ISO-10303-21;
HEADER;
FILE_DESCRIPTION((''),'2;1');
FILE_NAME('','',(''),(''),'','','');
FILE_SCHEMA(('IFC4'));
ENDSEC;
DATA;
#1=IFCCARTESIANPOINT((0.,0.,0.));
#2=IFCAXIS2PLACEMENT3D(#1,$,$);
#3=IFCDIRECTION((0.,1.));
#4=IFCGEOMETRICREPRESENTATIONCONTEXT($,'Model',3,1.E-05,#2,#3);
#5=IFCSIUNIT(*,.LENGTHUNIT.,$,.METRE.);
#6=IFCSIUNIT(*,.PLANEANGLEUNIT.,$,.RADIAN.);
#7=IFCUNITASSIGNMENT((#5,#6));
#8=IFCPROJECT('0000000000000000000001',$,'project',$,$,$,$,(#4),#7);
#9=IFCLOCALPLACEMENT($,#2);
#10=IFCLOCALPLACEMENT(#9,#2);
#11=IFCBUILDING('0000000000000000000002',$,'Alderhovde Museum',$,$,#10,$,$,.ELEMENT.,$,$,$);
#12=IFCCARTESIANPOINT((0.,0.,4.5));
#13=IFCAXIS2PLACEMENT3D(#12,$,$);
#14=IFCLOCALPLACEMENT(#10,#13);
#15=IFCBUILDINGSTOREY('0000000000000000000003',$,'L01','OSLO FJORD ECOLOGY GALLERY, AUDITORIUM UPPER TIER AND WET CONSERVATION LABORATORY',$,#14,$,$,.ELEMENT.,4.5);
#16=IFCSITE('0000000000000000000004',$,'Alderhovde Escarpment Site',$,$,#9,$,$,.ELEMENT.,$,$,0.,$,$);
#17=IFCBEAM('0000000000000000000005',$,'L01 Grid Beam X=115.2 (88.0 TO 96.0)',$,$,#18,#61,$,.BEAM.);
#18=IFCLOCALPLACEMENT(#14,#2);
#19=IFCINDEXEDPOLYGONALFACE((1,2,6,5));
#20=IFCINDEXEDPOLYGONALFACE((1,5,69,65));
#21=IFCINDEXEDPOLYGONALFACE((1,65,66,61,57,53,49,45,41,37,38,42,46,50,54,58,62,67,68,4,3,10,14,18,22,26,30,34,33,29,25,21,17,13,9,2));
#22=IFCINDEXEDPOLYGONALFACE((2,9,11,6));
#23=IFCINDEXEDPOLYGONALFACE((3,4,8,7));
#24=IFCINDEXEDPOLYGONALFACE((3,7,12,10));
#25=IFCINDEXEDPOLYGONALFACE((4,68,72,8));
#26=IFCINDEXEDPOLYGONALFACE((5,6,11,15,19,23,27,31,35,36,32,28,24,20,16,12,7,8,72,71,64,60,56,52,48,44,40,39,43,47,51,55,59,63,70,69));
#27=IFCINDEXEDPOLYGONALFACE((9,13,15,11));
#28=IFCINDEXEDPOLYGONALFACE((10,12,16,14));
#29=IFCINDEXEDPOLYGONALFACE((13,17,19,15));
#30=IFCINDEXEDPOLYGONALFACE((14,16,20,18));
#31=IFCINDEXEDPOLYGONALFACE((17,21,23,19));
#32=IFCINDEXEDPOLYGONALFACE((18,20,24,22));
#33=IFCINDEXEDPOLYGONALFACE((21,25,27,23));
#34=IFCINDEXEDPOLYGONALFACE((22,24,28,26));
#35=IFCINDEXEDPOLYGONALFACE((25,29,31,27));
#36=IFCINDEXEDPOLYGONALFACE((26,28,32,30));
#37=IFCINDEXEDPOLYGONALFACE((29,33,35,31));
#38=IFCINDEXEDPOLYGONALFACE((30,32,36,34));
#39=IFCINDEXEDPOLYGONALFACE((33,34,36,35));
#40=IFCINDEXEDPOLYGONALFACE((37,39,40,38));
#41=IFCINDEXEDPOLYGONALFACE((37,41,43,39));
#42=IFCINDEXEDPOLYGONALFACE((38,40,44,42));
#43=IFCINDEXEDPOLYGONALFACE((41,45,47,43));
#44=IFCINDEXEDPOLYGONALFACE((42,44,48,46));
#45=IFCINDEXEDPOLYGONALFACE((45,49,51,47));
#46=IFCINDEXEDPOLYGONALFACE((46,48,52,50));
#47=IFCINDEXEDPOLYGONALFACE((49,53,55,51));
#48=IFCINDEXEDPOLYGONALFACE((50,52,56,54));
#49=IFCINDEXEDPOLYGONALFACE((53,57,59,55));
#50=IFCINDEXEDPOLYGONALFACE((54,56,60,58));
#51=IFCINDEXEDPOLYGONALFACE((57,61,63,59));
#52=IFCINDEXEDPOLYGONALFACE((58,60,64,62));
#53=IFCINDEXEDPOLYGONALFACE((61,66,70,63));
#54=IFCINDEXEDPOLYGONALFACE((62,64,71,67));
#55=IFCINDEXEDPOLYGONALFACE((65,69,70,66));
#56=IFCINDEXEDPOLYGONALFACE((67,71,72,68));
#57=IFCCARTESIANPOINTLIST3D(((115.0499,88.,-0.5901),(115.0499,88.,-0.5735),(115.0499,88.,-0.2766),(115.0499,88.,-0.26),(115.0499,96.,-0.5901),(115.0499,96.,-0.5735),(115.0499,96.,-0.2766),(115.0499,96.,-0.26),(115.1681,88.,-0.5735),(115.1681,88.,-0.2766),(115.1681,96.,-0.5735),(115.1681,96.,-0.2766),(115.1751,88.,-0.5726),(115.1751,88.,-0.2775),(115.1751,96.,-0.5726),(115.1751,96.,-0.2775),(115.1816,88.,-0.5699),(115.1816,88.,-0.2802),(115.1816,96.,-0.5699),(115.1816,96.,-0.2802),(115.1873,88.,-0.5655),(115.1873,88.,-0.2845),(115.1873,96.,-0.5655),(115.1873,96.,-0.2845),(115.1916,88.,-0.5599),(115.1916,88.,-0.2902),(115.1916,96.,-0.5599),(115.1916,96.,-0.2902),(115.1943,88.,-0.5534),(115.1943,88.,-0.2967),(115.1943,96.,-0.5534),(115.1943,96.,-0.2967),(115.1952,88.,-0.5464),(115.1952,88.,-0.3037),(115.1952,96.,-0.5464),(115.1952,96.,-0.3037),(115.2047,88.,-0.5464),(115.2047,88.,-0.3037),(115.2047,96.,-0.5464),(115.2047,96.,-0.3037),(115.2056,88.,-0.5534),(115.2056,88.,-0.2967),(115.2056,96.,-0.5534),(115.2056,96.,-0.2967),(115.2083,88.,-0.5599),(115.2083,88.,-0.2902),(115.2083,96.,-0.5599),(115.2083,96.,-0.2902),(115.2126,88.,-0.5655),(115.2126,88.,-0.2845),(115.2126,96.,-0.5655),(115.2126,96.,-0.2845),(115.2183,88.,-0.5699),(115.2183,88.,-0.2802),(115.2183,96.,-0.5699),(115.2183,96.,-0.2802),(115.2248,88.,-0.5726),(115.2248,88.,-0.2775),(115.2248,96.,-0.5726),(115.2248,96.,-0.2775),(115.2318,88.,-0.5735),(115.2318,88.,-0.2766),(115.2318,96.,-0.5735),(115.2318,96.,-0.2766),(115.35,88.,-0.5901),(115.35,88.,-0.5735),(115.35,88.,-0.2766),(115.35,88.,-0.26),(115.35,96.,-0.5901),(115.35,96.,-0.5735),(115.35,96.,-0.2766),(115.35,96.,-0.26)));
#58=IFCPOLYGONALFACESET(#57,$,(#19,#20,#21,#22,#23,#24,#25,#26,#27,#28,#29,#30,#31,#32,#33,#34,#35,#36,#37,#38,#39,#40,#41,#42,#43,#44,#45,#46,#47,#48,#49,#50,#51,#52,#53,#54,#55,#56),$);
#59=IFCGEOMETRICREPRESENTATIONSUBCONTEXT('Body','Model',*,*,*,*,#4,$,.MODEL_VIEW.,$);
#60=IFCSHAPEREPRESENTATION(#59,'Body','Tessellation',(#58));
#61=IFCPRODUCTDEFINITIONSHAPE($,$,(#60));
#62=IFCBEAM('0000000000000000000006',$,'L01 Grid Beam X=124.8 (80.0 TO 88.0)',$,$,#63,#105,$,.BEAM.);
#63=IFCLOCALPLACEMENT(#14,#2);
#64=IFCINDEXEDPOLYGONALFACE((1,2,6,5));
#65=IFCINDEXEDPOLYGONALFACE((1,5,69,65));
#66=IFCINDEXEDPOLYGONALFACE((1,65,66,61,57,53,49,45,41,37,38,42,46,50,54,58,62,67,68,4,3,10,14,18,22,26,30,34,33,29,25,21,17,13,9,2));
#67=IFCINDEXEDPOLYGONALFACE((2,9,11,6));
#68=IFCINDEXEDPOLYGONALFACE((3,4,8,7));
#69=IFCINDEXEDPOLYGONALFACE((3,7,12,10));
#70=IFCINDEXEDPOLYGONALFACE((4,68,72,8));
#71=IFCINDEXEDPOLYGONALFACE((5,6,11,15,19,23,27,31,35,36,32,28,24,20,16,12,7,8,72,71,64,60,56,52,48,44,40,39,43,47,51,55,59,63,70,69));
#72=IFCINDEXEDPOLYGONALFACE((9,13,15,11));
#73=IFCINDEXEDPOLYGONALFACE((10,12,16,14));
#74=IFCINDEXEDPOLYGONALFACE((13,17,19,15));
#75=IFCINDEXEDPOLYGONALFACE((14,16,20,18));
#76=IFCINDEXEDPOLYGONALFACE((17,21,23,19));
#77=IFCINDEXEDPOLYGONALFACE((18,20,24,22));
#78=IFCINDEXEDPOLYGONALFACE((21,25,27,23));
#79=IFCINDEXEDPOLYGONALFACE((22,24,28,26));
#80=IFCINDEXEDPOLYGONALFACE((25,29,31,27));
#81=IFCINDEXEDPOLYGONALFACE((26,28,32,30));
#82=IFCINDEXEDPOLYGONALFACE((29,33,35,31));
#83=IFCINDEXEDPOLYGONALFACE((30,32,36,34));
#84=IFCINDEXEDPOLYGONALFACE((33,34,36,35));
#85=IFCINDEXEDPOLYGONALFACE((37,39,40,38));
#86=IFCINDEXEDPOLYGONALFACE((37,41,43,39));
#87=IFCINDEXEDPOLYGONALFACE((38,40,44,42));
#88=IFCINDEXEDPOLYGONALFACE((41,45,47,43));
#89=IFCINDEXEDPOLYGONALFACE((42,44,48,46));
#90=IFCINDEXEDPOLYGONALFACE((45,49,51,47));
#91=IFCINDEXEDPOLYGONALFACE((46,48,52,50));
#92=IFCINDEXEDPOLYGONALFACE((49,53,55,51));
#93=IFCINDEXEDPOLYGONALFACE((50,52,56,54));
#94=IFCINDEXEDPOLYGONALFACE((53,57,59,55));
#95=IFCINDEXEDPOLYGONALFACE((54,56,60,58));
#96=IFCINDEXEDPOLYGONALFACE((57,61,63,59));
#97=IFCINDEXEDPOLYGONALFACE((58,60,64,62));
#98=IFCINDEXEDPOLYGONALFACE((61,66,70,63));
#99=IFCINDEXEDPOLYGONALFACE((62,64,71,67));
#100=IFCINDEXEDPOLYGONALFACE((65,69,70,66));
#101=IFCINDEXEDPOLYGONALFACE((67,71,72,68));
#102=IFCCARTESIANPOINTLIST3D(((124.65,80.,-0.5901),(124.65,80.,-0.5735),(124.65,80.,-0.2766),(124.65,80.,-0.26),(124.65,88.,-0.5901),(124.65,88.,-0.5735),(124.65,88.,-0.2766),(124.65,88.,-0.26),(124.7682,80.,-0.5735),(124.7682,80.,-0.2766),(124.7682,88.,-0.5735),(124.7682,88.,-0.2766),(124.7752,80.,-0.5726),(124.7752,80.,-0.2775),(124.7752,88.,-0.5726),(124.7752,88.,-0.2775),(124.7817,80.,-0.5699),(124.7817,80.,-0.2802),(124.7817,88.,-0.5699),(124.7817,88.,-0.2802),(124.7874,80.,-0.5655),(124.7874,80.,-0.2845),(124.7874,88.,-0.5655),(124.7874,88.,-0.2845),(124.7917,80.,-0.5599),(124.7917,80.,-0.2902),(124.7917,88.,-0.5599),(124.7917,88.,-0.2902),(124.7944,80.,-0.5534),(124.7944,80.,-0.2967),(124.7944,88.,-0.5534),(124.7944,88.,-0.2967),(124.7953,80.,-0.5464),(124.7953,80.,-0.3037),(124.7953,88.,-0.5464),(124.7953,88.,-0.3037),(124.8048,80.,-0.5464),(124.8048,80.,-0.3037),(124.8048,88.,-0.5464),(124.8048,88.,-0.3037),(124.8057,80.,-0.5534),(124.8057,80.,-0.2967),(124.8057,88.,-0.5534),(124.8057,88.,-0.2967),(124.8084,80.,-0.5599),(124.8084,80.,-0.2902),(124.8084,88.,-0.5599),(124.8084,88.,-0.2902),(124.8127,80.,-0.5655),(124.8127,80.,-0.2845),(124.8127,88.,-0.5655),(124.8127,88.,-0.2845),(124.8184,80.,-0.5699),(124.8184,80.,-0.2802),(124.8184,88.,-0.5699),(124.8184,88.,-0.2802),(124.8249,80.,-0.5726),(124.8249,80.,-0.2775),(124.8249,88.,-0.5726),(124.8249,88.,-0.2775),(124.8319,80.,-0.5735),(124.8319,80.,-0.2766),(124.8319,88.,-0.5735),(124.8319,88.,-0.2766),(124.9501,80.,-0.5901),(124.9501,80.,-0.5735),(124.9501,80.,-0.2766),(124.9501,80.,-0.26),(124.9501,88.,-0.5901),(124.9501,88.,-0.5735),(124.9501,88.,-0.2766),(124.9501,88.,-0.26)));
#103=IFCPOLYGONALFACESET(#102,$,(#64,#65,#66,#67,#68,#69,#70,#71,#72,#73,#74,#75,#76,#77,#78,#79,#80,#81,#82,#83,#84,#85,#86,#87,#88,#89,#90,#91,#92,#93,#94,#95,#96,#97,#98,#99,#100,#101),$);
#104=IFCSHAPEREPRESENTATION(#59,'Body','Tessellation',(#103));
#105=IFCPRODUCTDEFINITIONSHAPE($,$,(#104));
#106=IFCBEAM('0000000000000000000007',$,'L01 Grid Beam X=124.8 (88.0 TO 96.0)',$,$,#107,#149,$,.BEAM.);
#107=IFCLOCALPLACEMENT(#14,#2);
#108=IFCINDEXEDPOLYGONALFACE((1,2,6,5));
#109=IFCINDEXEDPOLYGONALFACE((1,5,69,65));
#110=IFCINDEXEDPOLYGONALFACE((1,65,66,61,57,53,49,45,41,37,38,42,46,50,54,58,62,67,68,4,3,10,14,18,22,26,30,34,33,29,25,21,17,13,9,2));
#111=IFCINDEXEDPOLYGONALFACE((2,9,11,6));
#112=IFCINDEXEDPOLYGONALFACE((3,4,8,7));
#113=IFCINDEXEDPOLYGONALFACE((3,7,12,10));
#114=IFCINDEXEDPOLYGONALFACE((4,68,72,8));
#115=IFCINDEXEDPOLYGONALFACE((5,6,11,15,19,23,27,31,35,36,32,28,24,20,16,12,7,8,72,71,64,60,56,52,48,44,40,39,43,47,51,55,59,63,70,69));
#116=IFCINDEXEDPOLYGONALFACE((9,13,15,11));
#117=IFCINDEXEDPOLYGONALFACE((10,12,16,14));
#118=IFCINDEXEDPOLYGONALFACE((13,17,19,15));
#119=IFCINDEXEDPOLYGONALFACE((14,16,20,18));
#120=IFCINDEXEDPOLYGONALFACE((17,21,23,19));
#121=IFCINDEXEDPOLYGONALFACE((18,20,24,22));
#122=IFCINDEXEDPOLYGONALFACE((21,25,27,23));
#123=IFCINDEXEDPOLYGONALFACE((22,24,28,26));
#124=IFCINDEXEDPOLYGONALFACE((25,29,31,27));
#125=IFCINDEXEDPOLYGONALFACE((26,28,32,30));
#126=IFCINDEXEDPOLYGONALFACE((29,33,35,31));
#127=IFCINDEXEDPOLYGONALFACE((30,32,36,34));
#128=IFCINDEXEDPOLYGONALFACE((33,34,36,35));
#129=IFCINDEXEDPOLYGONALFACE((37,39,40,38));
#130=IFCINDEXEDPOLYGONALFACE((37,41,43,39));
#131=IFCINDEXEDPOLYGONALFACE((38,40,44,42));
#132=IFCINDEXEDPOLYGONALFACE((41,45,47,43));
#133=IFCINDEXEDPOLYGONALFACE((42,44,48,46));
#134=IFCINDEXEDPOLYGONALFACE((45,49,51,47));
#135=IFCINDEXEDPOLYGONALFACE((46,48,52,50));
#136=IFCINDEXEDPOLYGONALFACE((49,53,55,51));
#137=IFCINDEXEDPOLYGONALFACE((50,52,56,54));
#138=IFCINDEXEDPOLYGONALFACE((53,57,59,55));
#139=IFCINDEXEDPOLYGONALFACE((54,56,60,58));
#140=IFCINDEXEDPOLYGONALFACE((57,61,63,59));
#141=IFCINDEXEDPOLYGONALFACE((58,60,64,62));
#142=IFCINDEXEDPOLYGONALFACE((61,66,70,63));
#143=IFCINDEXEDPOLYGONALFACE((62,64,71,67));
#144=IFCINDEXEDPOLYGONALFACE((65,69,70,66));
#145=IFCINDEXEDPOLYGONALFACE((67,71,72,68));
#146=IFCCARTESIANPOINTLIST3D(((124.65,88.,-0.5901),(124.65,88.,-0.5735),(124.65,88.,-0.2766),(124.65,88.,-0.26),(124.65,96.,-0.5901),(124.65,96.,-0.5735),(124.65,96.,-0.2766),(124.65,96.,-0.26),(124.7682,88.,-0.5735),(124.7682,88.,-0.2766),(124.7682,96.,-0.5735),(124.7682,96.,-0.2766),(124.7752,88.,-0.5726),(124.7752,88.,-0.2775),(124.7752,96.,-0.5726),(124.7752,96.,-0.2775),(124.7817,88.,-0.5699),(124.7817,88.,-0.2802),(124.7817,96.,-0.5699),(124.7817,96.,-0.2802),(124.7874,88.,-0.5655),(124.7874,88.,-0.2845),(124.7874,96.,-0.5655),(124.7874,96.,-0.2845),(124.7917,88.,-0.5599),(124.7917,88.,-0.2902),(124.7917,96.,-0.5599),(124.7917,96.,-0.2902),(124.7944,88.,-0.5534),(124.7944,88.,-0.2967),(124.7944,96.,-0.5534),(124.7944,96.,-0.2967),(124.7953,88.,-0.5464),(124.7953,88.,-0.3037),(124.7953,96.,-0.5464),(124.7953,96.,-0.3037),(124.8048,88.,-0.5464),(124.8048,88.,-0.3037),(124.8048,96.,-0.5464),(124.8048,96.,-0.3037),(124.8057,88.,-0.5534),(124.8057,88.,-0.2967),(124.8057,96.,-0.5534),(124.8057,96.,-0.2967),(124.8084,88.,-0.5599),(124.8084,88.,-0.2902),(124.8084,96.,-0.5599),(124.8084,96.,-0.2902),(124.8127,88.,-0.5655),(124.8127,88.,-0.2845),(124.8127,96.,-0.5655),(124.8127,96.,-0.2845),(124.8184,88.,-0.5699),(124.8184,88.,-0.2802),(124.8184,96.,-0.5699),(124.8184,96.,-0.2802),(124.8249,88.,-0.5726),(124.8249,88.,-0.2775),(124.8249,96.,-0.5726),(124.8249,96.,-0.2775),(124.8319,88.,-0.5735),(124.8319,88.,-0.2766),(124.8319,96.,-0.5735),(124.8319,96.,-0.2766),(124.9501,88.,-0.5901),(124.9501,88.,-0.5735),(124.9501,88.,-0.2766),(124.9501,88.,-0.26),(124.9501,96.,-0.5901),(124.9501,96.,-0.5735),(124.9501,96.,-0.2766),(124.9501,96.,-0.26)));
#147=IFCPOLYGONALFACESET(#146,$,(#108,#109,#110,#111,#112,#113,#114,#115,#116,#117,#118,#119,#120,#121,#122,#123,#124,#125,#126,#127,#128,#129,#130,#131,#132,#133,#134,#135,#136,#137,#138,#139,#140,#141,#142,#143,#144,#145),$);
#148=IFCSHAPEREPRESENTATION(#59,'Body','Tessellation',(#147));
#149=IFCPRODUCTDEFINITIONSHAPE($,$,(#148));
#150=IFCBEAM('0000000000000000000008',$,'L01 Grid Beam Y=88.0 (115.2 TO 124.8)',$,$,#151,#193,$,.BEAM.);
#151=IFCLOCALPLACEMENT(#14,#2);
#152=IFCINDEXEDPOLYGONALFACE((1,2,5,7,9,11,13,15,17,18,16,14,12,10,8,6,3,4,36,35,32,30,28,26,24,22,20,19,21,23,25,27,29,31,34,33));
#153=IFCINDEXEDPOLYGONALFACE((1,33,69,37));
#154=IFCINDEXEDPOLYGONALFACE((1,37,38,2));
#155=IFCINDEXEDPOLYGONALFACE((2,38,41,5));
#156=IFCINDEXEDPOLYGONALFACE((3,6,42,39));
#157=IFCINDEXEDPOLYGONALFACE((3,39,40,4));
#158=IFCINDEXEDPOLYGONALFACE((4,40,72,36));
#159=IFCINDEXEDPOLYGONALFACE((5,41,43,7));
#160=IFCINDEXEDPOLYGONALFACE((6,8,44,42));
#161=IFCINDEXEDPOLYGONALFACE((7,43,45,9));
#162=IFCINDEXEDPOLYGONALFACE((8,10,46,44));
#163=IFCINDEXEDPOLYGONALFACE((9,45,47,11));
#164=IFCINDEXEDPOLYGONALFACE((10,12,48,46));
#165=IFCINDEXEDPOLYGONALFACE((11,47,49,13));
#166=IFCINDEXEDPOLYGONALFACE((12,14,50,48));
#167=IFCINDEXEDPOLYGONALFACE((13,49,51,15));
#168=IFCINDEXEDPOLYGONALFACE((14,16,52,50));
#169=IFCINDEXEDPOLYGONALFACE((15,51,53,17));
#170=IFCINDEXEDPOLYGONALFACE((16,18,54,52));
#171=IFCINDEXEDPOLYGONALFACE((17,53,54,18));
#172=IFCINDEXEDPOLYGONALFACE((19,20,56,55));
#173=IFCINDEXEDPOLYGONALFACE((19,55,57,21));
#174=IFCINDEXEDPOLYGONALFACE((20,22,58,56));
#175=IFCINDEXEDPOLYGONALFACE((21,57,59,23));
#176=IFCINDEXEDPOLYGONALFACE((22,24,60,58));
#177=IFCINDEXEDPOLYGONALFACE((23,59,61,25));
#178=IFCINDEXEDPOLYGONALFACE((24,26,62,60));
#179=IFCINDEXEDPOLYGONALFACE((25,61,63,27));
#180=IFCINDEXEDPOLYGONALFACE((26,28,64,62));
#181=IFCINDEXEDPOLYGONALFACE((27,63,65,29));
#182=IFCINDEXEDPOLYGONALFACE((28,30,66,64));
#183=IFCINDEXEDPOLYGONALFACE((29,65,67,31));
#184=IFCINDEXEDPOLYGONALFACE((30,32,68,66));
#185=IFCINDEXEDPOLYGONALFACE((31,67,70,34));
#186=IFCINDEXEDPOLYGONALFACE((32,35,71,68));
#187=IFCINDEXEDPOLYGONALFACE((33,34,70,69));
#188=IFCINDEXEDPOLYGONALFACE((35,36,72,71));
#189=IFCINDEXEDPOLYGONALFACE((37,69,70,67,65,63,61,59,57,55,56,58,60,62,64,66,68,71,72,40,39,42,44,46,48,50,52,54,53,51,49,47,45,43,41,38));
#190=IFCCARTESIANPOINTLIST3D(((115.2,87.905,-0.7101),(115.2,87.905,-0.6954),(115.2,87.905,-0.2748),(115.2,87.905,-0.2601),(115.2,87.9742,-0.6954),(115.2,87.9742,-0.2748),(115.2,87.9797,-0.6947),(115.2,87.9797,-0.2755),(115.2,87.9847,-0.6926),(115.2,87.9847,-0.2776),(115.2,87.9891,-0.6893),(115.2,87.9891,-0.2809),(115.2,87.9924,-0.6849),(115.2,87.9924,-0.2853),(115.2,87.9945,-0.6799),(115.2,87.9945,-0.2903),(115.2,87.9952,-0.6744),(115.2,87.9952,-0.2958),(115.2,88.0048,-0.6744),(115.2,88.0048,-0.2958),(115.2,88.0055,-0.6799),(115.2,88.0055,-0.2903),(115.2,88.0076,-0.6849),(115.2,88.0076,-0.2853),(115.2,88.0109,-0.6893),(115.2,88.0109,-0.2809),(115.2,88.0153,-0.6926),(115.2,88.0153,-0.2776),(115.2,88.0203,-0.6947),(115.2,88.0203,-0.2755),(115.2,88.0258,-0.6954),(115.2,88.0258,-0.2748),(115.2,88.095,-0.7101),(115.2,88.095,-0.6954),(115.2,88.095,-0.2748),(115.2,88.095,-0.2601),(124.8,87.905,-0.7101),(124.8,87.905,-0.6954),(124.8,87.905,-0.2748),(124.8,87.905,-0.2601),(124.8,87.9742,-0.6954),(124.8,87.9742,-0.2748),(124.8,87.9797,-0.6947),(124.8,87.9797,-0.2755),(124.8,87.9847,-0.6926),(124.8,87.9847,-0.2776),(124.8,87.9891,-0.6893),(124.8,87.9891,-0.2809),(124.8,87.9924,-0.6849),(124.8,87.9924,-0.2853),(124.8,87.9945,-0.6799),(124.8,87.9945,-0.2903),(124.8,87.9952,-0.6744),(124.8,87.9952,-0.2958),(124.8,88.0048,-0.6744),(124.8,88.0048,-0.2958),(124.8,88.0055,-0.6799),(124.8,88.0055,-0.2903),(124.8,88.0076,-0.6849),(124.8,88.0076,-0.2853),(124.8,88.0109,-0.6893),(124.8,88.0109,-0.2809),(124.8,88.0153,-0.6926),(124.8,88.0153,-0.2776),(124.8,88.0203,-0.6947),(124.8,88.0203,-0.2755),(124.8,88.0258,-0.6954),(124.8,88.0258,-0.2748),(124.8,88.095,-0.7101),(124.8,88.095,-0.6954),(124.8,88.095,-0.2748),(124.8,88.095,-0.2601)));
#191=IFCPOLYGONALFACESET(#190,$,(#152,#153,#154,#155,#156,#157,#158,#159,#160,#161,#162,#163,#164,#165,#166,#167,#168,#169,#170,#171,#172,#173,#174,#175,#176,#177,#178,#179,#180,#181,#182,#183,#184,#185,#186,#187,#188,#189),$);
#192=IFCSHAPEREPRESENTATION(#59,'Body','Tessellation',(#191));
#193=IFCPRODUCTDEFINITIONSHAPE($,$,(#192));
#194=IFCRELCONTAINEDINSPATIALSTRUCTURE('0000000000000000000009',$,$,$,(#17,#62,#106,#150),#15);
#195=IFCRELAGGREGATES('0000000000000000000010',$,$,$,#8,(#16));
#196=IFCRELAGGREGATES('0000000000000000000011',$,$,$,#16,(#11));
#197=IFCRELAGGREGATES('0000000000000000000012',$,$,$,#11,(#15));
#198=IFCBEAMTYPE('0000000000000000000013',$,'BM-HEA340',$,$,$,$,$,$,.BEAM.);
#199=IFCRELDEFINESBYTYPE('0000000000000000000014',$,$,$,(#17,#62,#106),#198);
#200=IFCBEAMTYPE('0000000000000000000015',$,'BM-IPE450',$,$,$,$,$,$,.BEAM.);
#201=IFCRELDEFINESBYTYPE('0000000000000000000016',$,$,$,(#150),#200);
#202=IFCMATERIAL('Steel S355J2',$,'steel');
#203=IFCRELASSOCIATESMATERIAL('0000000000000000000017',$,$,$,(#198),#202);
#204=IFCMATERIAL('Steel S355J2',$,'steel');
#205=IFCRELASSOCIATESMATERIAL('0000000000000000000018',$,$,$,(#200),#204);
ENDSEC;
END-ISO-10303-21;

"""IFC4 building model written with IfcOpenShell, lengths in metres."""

from ifc_helpers import new_model, si_unit, direction, frame, origin, origin_2d, place, context, subcontext, project, spatial, i_section, extrude, material, material_profile, profile_set, type_object, element, save


model = new_model("IFC4")

# Units and contexts
model_context = context("Model", 3, precision=1e-05, world=origin(), true_north=direction((0.0, 1.0)))
body_context = subcontext(model_context, "Body", "Model", "MODEL_VIEW")
ifc_project = project(units=[si_unit("LENGTHUNIT", "METRE"), si_unit("PLANEANGLEUNIT", "RADIAN")], contexts=[model_context])

# Site, building, storey
site_placement = place(None, origin())
site = spatial("IfcSite", under=ifc_project, at=site_placement, Name="Alderhovde Escarpment Site", CompositionType="ELEMENT", RefElevation=0.0)
building_placement = place(site_placement, origin())
building = spatial("IfcBuilding", under=site, at=building_placement, Name="Alderhovde Museum", CompositionType="ELEMENT")
storey_placement = place(building_placement, frame((0.0, 0.0, 4.5)))
storey = spatial("IfcBuildingStorey", under=building, at=storey_placement, Name="L01", Description="OSLO FJORD ECOLOGY GALLERY, AUDITORIUM UPPER TIER AND WET CONSERVATION LABORATORY", CompositionType="ELEMENT", Elevation=4.5)

# Beams
ifc_material_1 = material(Name="Steel S355J2", Category="steel")
ifc_material_profile_1 = material_profile(ifc_material_1, i_section(OverallWidth=0.3, OverallDepth=0.3301, WebThickness=0.0095, FlangeThickness=0.0166, FilletRadius=0.0271, at=origin_2d()), Name="HEA 340")
ifc_profile_set_1 = profile_set([ifc_material_profile_1], Name="Steel S355J2")
beam_type_1 = type_object("IfcBeamType", Name="BM-HEA340", PredefinedType="BEAM", material=ifc_profile_set_1)
for number, where, z_axis, x_axis, name in (
    (1, (115.2, 88.0, -0.425), (0.0, 1.0, 0.0), (-1.0, 0.0, 0.0), "L01 Grid Beam X=115.2 (88.0 TO 96.0)"),
    (2, (124.8, 80.0, -0.425), (0.0, 1.0, 0.0), (-1.0, 0.0, 0.0), "L01 Grid Beam X=124.8 (80.0 TO 88.0)"),
    (3, (124.8, 88.0, -0.425), (0.0, 1.0, 0.0), (-1.0, 0.0, 0.0), "L01 Grid Beam X=124.8 (88.0 TO 96.0)"),
):
    element("IfcBeam", number, at=place(storey_placement, frame(where, z_axis=z_axis, x_axis=x_axis)), inside=storey, type_object=beam_type_1, Name=name, PredefinedType="BEAM", context=body_context, shape_type="SweptSolid", body=[
        extrude(i_section(OverallWidth=0.3, OverallDepth=0.3301, WebThickness=0.0095, FlangeThickness=0.0166, FilletRadius=0.0271, at=origin_2d()), origin(), (0.0, 0.0, 1.0), 8.0),
    ])
ifc_material_2 = material(Name="Steel S355J2", Category="steel")
ifc_material_profile_2 = material_profile(ifc_material_2, i_section(OverallWidth=0.1899, OverallDepth=0.45, WebThickness=0.0095, FlangeThickness=0.0146, FilletRadius=0.021, at=origin_2d()), Name="IPE 450")
ifc_profile_set_2 = profile_set([ifc_material_profile_2], Name="Steel S355J2")
beam_type_2 = type_object("IfcBeamType", Name="BM-IPE450", PredefinedType="BEAM", material=ifc_profile_set_2)
beam_1_placement = place(storey_placement, frame((115.2, 88.0, -0.4851), z_axis=(1.0, 0.0, 0.0), x_axis=(0.0, 1.0, 0.0)))
element("IfcBeam", 4, at=beam_1_placement, inside=storey, type_object=beam_type_2, Name="L01 Grid Beam Y=88.0 (115.2 TO 124.8)", PredefinedType="BEAM", context=body_context, shape_type="SweptSolid", body=[
    extrude(i_section(OverallWidth=0.1899, OverallDepth=0.45, WebThickness=0.0095, FlangeThickness=0.0146, FilletRadius=0.021, at=origin_2d()), origin(), (0.0, 0.0, 1.0), 9.6001),
])

save(model, "model.ifc")
